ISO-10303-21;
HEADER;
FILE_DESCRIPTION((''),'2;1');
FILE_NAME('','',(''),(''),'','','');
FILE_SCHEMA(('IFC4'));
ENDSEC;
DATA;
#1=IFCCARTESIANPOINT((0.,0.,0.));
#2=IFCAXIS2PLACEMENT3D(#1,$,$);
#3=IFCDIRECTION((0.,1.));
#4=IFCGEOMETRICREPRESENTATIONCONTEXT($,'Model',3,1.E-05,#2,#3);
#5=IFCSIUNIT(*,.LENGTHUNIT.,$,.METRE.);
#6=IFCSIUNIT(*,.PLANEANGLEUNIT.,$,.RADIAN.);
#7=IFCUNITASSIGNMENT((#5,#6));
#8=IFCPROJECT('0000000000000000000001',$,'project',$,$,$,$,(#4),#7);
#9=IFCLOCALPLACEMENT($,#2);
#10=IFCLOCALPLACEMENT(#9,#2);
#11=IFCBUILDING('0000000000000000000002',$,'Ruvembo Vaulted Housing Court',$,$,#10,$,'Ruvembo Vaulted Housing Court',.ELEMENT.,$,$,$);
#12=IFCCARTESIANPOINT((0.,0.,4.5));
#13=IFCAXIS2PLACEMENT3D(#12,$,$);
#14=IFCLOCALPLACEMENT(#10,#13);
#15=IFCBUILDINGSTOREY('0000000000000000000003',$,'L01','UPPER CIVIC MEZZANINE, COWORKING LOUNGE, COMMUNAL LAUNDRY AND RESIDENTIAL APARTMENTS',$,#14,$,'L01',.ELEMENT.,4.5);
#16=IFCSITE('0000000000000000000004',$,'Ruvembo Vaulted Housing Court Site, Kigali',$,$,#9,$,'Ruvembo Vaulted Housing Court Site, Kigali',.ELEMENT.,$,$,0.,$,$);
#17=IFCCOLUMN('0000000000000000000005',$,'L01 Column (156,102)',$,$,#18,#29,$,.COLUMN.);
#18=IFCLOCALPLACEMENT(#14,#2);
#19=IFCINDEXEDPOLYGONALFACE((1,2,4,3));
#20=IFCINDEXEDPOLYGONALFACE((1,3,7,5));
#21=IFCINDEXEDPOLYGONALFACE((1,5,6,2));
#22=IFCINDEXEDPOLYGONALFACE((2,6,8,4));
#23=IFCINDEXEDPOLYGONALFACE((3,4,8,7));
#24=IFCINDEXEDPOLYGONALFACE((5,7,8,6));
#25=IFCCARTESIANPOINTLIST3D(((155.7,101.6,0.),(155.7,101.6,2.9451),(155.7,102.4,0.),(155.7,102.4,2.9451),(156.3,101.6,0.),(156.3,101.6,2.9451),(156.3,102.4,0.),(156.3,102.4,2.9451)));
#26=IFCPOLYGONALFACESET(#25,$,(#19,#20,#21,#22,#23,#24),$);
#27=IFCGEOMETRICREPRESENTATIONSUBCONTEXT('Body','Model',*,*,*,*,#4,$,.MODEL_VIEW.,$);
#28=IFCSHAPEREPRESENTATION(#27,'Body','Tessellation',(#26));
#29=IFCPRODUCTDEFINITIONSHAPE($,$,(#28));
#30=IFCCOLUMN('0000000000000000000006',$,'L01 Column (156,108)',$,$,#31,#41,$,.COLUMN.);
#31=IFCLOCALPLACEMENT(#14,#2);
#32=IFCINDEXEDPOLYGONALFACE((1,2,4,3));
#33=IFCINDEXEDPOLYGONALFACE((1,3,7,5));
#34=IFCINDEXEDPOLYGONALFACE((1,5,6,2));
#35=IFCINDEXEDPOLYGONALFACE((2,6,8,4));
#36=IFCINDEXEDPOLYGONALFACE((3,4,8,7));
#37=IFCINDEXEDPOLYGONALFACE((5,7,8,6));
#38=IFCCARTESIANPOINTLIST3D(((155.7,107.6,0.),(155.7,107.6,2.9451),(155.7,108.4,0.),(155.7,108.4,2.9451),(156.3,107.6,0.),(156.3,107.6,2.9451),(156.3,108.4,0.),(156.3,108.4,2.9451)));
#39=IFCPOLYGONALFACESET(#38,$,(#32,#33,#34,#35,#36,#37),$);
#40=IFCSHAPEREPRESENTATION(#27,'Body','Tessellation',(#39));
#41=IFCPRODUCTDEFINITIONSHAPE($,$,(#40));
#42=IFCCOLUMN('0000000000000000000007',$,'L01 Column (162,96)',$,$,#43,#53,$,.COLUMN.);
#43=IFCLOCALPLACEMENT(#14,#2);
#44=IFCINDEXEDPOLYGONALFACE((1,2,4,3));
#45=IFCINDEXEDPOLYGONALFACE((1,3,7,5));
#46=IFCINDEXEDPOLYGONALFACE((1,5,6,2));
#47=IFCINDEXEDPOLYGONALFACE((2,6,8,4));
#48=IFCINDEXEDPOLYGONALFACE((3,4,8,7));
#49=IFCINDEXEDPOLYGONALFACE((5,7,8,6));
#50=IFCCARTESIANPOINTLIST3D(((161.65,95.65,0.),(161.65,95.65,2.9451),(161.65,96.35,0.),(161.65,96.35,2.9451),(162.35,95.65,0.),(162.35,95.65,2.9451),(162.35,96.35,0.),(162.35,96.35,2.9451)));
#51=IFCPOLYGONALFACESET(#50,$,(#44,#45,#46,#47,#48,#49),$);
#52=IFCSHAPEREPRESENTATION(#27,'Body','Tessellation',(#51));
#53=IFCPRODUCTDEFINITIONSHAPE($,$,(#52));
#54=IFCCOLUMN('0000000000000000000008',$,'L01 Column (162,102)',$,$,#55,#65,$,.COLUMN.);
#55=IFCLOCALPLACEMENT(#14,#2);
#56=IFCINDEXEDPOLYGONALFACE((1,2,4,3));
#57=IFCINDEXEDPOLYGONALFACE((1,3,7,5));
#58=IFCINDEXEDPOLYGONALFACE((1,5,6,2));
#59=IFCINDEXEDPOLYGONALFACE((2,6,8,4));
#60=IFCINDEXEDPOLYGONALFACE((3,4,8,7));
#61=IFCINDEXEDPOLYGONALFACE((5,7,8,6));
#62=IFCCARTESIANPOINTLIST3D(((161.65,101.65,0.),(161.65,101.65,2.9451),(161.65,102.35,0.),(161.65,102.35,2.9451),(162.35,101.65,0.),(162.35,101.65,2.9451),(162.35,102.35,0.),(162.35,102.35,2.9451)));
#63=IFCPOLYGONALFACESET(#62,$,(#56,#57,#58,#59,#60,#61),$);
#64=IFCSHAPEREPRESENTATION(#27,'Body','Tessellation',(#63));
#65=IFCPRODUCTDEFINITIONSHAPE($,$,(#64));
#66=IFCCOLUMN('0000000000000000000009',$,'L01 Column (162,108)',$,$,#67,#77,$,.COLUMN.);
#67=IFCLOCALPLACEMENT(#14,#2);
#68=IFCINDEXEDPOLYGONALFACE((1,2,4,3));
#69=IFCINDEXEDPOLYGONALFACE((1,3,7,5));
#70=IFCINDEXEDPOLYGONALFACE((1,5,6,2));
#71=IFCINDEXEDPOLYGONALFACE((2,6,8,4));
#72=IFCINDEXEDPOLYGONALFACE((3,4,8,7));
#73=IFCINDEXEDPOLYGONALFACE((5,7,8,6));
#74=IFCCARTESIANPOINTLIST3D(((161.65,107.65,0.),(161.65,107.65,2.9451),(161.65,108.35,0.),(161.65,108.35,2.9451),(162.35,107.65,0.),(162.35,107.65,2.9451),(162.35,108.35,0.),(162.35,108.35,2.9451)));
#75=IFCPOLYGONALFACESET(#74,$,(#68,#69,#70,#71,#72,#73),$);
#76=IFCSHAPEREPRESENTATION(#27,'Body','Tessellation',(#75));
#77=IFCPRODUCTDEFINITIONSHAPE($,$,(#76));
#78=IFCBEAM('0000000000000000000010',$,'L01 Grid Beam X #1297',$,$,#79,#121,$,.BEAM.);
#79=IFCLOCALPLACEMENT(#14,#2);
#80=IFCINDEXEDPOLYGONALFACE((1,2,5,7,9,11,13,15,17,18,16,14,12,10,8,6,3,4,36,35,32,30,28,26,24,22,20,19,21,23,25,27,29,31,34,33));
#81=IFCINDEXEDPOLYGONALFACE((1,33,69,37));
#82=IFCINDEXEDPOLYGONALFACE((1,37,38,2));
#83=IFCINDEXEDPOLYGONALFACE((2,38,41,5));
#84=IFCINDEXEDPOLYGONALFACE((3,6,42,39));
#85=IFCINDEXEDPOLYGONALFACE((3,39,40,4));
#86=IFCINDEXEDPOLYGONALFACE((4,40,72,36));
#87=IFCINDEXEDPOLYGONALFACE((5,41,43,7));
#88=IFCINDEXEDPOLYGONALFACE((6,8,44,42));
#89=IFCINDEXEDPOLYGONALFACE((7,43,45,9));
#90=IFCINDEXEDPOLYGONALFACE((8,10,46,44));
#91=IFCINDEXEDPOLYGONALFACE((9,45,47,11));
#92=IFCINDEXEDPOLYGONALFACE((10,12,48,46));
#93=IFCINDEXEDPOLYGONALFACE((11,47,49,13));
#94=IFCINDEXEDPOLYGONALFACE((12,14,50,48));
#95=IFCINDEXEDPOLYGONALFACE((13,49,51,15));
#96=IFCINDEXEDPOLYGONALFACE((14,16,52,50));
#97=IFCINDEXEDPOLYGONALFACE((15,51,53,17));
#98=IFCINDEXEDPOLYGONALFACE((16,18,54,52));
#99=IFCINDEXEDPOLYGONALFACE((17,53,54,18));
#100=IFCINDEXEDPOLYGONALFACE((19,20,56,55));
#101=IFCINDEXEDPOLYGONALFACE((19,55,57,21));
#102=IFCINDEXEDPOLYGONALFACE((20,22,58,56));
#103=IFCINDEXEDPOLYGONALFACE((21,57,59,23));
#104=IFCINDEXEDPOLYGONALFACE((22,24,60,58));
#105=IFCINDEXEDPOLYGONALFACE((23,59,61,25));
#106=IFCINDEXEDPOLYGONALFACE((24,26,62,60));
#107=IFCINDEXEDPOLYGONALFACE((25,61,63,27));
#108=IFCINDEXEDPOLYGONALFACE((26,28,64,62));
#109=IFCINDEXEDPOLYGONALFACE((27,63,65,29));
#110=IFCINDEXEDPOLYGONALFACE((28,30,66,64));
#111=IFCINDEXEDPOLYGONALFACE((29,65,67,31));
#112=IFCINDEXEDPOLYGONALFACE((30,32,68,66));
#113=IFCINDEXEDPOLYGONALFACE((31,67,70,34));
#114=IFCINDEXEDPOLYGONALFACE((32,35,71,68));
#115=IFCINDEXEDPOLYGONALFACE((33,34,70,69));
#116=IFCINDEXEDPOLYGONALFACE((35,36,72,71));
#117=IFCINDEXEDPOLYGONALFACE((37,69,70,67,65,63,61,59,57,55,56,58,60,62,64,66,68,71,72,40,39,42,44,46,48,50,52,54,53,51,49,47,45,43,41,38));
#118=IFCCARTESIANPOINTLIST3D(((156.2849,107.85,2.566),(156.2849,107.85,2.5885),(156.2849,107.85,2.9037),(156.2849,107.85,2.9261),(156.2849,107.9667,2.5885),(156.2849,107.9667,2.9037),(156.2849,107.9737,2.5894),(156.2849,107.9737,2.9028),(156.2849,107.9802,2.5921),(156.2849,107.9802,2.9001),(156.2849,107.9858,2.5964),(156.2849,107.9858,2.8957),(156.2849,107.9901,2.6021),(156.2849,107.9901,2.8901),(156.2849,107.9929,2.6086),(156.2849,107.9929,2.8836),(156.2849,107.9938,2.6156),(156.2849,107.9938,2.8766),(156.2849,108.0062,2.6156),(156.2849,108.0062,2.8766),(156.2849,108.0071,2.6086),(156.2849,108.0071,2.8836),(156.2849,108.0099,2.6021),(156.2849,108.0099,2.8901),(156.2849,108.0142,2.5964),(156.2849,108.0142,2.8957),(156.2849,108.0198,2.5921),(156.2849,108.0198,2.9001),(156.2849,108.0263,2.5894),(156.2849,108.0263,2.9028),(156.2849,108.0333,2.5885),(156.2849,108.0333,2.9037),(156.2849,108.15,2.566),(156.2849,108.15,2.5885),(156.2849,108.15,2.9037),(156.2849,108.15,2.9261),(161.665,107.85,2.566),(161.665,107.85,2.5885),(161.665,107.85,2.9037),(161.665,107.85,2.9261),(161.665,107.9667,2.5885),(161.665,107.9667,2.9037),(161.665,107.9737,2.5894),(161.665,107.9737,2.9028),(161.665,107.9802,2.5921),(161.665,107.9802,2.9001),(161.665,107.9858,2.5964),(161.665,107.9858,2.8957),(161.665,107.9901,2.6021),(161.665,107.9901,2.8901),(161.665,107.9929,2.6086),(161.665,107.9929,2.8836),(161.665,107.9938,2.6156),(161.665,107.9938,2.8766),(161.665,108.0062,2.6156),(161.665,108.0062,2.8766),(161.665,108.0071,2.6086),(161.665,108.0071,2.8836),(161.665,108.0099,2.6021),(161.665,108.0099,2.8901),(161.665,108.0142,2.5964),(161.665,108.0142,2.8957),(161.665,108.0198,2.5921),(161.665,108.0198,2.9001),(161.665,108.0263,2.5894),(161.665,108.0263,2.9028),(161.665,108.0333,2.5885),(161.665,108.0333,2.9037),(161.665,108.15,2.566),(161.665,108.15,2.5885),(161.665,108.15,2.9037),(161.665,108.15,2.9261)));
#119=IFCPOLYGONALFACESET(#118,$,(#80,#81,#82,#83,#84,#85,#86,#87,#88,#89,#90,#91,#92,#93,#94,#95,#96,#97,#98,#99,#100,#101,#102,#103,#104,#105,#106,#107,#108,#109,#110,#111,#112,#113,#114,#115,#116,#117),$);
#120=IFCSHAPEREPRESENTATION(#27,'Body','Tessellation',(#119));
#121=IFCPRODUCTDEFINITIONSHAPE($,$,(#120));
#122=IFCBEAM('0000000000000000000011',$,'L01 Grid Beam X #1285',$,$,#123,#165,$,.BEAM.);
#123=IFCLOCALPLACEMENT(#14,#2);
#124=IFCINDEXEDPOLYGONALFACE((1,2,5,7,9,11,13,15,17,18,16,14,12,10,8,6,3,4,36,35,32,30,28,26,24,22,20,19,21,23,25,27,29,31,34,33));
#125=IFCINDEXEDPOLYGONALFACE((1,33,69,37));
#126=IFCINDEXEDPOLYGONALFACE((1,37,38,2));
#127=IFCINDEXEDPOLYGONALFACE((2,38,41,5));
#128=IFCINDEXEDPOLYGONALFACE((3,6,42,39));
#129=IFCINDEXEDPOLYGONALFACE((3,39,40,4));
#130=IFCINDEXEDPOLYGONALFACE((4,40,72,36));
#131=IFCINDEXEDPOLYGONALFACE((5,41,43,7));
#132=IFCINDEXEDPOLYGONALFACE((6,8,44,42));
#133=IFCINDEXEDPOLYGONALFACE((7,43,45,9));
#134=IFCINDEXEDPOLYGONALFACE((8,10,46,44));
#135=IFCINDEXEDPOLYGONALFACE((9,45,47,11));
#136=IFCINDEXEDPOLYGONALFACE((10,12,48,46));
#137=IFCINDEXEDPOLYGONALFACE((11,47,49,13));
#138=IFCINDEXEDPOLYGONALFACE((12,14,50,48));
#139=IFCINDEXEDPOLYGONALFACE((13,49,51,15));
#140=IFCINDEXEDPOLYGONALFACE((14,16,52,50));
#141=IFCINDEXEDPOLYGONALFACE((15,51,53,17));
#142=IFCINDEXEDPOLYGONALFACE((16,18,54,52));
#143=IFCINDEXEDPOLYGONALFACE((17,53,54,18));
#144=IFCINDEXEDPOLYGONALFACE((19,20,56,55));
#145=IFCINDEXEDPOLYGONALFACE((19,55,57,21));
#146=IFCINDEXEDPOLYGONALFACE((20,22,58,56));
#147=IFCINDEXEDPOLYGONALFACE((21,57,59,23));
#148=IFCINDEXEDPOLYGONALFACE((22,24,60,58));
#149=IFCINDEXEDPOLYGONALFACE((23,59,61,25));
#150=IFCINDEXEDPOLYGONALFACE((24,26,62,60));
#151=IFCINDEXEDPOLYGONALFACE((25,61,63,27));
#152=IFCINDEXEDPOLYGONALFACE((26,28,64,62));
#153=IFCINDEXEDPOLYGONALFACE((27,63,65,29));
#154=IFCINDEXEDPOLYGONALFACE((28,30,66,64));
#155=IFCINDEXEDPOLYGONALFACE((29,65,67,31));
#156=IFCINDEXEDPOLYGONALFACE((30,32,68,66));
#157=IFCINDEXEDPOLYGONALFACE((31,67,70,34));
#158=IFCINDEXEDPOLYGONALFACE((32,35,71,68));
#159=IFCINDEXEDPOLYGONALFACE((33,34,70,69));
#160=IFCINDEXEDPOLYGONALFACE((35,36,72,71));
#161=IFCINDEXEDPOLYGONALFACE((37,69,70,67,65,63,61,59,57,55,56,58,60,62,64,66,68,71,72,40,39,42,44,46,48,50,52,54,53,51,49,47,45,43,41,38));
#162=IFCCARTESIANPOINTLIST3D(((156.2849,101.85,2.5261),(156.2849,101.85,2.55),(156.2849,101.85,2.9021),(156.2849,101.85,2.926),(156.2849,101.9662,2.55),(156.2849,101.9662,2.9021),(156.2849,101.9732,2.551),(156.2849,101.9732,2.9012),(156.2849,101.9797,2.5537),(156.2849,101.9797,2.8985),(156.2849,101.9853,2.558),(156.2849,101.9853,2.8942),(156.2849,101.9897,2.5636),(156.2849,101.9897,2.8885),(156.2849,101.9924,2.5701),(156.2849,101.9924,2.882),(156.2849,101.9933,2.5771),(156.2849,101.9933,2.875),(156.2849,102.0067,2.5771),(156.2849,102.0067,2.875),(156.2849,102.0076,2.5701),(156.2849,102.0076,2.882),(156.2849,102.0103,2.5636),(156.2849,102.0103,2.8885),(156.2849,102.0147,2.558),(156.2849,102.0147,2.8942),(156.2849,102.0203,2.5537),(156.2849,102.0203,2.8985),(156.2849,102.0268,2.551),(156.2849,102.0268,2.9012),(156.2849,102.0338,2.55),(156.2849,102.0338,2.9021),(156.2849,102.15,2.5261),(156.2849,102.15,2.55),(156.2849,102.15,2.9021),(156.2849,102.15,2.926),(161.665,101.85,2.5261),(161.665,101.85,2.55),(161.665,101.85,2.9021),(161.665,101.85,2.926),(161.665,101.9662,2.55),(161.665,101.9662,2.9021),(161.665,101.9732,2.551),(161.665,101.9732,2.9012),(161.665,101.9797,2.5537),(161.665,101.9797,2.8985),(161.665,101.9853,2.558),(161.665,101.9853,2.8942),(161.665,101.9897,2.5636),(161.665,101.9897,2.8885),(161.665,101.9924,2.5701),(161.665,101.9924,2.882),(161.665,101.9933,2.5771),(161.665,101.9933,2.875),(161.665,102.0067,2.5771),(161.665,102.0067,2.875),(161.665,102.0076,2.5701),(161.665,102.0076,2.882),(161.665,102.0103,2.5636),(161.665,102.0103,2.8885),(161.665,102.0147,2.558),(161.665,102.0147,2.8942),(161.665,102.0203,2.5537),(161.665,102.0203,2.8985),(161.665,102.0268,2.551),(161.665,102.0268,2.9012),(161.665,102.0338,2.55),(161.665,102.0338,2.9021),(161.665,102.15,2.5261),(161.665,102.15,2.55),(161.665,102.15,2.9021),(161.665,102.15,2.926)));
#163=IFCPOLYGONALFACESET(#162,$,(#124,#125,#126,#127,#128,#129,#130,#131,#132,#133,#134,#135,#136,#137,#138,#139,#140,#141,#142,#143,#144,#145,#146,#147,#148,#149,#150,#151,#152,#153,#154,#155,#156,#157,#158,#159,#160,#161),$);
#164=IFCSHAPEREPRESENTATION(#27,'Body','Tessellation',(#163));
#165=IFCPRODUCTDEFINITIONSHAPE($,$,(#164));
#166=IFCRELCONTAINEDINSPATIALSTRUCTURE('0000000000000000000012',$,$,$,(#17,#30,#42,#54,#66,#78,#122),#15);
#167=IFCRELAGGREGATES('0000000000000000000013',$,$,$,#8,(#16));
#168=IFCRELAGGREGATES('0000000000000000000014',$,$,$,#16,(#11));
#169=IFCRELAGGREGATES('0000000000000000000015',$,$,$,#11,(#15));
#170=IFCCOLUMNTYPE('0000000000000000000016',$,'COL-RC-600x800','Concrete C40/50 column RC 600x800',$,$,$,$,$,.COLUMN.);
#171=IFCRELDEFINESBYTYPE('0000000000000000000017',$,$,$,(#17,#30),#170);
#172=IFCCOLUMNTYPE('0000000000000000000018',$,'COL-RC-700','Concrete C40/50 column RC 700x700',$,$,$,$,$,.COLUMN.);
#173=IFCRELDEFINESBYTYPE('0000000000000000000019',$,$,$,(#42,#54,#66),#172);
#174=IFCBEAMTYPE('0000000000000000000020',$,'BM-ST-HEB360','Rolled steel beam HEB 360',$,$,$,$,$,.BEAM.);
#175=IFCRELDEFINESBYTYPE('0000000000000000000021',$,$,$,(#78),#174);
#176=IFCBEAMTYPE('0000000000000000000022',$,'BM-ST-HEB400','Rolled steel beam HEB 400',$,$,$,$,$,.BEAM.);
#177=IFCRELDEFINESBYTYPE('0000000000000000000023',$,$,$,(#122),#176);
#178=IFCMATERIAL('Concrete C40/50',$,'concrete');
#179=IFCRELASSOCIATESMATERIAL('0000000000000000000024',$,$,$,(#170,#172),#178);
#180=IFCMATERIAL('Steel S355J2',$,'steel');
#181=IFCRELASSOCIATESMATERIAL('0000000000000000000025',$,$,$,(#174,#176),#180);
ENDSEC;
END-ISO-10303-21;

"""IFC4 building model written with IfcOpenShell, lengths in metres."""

from ifc_helpers import new_model, si_unit, direction, frame, origin, origin_2d, place, context, subcontext, project, spatial, rectangle, i_section, extrude, material, material_profile, profile_set, type_object, element, save


model = new_model("IFC4")

# Units and contexts
model_context = context("Model", 3, precision=1e-05, world=origin(), true_north=direction((0.0, 1.0)))
body_context = subcontext(model_context, "Body", "Model", "MODEL_VIEW")
ifc_project = project(units=[si_unit("LENGTHUNIT", "METRE"), si_unit("PLANEANGLEUNIT", "RADIAN")], contexts=[model_context])

# Site, building, storey
site_placement = place(None, origin())
site = spatial("IfcSite", under=ifc_project, at=site_placement, Name="Ruvembo Vaulted Housing Court Site, Kigali", LongName="Ruvembo Vaulted Housing Court Site, Kigali", CompositionType="ELEMENT", RefElevation=0.0)
building_placement = place(site_placement, origin())
building = spatial("IfcBuilding", under=site, at=building_placement, Name="Ruvembo Vaulted Housing Court", LongName="Ruvembo Vaulted Housing Court", CompositionType="ELEMENT")
storey_placement = place(building_placement, frame((0.0, 0.0, 4.5)))
storey = spatial("IfcBuildingStorey", under=building, at=storey_placement, Name="L01", Description="UPPER CIVIC MEZZANINE, COWORKING LOUNGE, COMMUNAL LAUNDRY AND RESIDENTIAL APARTMENTS", LongName="L01", CompositionType="ELEMENT", Elevation=4.5)

# Columns
ifc_material_1 = material(Name="Concrete C40/50", Category="concrete")
ifc_material_profile_1 = material_profile(ifc_material_1, rectangle(XDim=0.6001, YDim=0.8, at=origin_2d()), Name="RC 600x800")
ifc_profile_set_1 = profile_set([ifc_material_profile_1], Name="Concrete C40/50")
column_type_1 = type_object("IfcColumnType", Name="COL-RC-600x800", Description="Concrete C40/50 column RC 600x800", PredefinedType="COLUMN", material=ifc_profile_set_1)
for number, where, z_axis, x_axis, name in (
    (1, (156.0, 102.0, 0.0), (0.0, 0.0, 1.0), (1.0, 0.0, 0.0), "L01 Column (156,102)"),
    (2, (156.0, 108.0, 0.0), (0.0, 0.0, 1.0), (1.0, 0.0, 0.0), "L01 Column (156,108)"),
):
    element("IfcColumn", number, at=place(storey_placement, frame(where, z_axis=z_axis, x_axis=x_axis)), inside=storey, type_object=column_type_1, Name=name, PredefinedType="COLUMN", context=body_context, shape_type="SweptSolid", body=[
        extrude(rectangle(XDim=0.6001, YDim=0.8, at=origin_2d()), origin(), (0.0, 0.0, 1.0), 2.9451),
    ])
ifc_material_profile_2 = material_profile(ifc_material_1, rectangle(XDim=0.7, YDim=0.7, at=origin_2d()), Name="RC 700x700")
ifc_profile_set_2 = profile_set([ifc_material_profile_2], Name="Concrete C40/50")
column_type_2 = type_object("IfcColumnType", Name="COL-RC-700", Description="Concrete C40/50 column RC 700x700", PredefinedType="COLUMN", material=ifc_profile_set_2)
for number, where, z_axis, x_axis, name in (
    (3, (162.0, 96.0, 0.0), (0.0, 0.0, 1.0), (1.0, 0.0, 0.0), "L01 Column (162,96)"),
    (4, (162.0, 102.0, 0.0), (0.0, 0.0, 1.0), (1.0, 0.0, 0.0), "L01 Column (162,102)"),
    (5, (162.0, 108.0, 0.0), (0.0, 0.0, 1.0), (1.0, 0.0, 0.0), "L01 Column (162,108)"),
):
    element("IfcColumn", number, at=place(storey_placement, frame(where, z_axis=z_axis, x_axis=x_axis)), inside=storey, type_object=column_type_2, Name=name, PredefinedType="COLUMN", context=body_context, shape_type="SweptSolid", body=[
        extrude(rectangle(XDim=0.7, YDim=0.7, at=origin_2d()), origin(), (0.0, 0.0, 1.0), 2.9451),
    ])

# Beams
ifc_material_2 = material(Name="Steel S355J2", Category="steel")
ifc_material_profile_3 = material_profile(ifc_material_2, i_section(OverallWidth=0.3, OverallDepth=0.3601, WebThickness=0.0125, FlangeThickness=0.0225, FilletRadius=0.0271, at=origin_2d()), Name="HEB 360")
ifc_profile_set_3 = profile_set([ifc_material_profile_3], Name="Steel S355J2")
beam_type_1 = type_object("IfcBeamType", Name="BM-ST-HEB360", Description="Rolled steel beam HEB 360", PredefinedType="BEAM", material=ifc_profile_set_3)
beam_1_placement = place(storey_placement, frame((156.2849, 108.0, 2.7461), z_axis=(1.0, 0.0, 0.0), x_axis=(0.0, 1.0, 0.0)))
element("IfcBeam", 6, at=beam_1_placement, inside=storey, type_object=beam_type_1, Name="L01 Grid Beam X #1297", PredefinedType="BEAM", context=body_context, shape_type="SweptSolid", body=[
    extrude(i_section(OverallWidth=0.3, OverallDepth=0.3601, WebThickness=0.0125, FlangeThickness=0.0225, FilletRadius=0.0271, at=origin_2d()), origin(), (0.0, 0.0, 1.0), 5.3801),
])
ifc_material_profile_4 = material_profile(ifc_material_2, i_section(OverallWidth=0.3, OverallDepth=0.3999, WebThickness=0.0134, FlangeThickness=0.0239, FilletRadius=0.0271, at=origin_2d()), Name="HEB 400")
ifc_profile_set_4 = profile_set([ifc_material_profile_4], Name="Steel S355J2")
beam_type_2 = type_object("IfcBeamType", Name="BM-ST-HEB400", Description="Rolled steel beam HEB 400", PredefinedType="BEAM", material=ifc_profile_set_4)
beam_2_placement = place(storey_placement, frame((156.2849, 102.0, 2.7261), z_axis=(1.0, 0.0, 0.0), x_axis=(0.0, 1.0, 0.0)))
element("IfcBeam", 7, at=beam_2_placement, inside=storey, type_object=beam_type_2, Name="L01 Grid Beam X #1285", PredefinedType="BEAM", context=body_context, shape_type="SweptSolid", body=[
    extrude(i_section(OverallWidth=0.3, OverallDepth=0.3999, WebThickness=0.0134, FlangeThickness=0.0239, FilletRadius=0.0271, at=origin_2d()), origin(), (0.0, 0.0, 1.0), 5.3801),
])

save(model, "model.ifc")
